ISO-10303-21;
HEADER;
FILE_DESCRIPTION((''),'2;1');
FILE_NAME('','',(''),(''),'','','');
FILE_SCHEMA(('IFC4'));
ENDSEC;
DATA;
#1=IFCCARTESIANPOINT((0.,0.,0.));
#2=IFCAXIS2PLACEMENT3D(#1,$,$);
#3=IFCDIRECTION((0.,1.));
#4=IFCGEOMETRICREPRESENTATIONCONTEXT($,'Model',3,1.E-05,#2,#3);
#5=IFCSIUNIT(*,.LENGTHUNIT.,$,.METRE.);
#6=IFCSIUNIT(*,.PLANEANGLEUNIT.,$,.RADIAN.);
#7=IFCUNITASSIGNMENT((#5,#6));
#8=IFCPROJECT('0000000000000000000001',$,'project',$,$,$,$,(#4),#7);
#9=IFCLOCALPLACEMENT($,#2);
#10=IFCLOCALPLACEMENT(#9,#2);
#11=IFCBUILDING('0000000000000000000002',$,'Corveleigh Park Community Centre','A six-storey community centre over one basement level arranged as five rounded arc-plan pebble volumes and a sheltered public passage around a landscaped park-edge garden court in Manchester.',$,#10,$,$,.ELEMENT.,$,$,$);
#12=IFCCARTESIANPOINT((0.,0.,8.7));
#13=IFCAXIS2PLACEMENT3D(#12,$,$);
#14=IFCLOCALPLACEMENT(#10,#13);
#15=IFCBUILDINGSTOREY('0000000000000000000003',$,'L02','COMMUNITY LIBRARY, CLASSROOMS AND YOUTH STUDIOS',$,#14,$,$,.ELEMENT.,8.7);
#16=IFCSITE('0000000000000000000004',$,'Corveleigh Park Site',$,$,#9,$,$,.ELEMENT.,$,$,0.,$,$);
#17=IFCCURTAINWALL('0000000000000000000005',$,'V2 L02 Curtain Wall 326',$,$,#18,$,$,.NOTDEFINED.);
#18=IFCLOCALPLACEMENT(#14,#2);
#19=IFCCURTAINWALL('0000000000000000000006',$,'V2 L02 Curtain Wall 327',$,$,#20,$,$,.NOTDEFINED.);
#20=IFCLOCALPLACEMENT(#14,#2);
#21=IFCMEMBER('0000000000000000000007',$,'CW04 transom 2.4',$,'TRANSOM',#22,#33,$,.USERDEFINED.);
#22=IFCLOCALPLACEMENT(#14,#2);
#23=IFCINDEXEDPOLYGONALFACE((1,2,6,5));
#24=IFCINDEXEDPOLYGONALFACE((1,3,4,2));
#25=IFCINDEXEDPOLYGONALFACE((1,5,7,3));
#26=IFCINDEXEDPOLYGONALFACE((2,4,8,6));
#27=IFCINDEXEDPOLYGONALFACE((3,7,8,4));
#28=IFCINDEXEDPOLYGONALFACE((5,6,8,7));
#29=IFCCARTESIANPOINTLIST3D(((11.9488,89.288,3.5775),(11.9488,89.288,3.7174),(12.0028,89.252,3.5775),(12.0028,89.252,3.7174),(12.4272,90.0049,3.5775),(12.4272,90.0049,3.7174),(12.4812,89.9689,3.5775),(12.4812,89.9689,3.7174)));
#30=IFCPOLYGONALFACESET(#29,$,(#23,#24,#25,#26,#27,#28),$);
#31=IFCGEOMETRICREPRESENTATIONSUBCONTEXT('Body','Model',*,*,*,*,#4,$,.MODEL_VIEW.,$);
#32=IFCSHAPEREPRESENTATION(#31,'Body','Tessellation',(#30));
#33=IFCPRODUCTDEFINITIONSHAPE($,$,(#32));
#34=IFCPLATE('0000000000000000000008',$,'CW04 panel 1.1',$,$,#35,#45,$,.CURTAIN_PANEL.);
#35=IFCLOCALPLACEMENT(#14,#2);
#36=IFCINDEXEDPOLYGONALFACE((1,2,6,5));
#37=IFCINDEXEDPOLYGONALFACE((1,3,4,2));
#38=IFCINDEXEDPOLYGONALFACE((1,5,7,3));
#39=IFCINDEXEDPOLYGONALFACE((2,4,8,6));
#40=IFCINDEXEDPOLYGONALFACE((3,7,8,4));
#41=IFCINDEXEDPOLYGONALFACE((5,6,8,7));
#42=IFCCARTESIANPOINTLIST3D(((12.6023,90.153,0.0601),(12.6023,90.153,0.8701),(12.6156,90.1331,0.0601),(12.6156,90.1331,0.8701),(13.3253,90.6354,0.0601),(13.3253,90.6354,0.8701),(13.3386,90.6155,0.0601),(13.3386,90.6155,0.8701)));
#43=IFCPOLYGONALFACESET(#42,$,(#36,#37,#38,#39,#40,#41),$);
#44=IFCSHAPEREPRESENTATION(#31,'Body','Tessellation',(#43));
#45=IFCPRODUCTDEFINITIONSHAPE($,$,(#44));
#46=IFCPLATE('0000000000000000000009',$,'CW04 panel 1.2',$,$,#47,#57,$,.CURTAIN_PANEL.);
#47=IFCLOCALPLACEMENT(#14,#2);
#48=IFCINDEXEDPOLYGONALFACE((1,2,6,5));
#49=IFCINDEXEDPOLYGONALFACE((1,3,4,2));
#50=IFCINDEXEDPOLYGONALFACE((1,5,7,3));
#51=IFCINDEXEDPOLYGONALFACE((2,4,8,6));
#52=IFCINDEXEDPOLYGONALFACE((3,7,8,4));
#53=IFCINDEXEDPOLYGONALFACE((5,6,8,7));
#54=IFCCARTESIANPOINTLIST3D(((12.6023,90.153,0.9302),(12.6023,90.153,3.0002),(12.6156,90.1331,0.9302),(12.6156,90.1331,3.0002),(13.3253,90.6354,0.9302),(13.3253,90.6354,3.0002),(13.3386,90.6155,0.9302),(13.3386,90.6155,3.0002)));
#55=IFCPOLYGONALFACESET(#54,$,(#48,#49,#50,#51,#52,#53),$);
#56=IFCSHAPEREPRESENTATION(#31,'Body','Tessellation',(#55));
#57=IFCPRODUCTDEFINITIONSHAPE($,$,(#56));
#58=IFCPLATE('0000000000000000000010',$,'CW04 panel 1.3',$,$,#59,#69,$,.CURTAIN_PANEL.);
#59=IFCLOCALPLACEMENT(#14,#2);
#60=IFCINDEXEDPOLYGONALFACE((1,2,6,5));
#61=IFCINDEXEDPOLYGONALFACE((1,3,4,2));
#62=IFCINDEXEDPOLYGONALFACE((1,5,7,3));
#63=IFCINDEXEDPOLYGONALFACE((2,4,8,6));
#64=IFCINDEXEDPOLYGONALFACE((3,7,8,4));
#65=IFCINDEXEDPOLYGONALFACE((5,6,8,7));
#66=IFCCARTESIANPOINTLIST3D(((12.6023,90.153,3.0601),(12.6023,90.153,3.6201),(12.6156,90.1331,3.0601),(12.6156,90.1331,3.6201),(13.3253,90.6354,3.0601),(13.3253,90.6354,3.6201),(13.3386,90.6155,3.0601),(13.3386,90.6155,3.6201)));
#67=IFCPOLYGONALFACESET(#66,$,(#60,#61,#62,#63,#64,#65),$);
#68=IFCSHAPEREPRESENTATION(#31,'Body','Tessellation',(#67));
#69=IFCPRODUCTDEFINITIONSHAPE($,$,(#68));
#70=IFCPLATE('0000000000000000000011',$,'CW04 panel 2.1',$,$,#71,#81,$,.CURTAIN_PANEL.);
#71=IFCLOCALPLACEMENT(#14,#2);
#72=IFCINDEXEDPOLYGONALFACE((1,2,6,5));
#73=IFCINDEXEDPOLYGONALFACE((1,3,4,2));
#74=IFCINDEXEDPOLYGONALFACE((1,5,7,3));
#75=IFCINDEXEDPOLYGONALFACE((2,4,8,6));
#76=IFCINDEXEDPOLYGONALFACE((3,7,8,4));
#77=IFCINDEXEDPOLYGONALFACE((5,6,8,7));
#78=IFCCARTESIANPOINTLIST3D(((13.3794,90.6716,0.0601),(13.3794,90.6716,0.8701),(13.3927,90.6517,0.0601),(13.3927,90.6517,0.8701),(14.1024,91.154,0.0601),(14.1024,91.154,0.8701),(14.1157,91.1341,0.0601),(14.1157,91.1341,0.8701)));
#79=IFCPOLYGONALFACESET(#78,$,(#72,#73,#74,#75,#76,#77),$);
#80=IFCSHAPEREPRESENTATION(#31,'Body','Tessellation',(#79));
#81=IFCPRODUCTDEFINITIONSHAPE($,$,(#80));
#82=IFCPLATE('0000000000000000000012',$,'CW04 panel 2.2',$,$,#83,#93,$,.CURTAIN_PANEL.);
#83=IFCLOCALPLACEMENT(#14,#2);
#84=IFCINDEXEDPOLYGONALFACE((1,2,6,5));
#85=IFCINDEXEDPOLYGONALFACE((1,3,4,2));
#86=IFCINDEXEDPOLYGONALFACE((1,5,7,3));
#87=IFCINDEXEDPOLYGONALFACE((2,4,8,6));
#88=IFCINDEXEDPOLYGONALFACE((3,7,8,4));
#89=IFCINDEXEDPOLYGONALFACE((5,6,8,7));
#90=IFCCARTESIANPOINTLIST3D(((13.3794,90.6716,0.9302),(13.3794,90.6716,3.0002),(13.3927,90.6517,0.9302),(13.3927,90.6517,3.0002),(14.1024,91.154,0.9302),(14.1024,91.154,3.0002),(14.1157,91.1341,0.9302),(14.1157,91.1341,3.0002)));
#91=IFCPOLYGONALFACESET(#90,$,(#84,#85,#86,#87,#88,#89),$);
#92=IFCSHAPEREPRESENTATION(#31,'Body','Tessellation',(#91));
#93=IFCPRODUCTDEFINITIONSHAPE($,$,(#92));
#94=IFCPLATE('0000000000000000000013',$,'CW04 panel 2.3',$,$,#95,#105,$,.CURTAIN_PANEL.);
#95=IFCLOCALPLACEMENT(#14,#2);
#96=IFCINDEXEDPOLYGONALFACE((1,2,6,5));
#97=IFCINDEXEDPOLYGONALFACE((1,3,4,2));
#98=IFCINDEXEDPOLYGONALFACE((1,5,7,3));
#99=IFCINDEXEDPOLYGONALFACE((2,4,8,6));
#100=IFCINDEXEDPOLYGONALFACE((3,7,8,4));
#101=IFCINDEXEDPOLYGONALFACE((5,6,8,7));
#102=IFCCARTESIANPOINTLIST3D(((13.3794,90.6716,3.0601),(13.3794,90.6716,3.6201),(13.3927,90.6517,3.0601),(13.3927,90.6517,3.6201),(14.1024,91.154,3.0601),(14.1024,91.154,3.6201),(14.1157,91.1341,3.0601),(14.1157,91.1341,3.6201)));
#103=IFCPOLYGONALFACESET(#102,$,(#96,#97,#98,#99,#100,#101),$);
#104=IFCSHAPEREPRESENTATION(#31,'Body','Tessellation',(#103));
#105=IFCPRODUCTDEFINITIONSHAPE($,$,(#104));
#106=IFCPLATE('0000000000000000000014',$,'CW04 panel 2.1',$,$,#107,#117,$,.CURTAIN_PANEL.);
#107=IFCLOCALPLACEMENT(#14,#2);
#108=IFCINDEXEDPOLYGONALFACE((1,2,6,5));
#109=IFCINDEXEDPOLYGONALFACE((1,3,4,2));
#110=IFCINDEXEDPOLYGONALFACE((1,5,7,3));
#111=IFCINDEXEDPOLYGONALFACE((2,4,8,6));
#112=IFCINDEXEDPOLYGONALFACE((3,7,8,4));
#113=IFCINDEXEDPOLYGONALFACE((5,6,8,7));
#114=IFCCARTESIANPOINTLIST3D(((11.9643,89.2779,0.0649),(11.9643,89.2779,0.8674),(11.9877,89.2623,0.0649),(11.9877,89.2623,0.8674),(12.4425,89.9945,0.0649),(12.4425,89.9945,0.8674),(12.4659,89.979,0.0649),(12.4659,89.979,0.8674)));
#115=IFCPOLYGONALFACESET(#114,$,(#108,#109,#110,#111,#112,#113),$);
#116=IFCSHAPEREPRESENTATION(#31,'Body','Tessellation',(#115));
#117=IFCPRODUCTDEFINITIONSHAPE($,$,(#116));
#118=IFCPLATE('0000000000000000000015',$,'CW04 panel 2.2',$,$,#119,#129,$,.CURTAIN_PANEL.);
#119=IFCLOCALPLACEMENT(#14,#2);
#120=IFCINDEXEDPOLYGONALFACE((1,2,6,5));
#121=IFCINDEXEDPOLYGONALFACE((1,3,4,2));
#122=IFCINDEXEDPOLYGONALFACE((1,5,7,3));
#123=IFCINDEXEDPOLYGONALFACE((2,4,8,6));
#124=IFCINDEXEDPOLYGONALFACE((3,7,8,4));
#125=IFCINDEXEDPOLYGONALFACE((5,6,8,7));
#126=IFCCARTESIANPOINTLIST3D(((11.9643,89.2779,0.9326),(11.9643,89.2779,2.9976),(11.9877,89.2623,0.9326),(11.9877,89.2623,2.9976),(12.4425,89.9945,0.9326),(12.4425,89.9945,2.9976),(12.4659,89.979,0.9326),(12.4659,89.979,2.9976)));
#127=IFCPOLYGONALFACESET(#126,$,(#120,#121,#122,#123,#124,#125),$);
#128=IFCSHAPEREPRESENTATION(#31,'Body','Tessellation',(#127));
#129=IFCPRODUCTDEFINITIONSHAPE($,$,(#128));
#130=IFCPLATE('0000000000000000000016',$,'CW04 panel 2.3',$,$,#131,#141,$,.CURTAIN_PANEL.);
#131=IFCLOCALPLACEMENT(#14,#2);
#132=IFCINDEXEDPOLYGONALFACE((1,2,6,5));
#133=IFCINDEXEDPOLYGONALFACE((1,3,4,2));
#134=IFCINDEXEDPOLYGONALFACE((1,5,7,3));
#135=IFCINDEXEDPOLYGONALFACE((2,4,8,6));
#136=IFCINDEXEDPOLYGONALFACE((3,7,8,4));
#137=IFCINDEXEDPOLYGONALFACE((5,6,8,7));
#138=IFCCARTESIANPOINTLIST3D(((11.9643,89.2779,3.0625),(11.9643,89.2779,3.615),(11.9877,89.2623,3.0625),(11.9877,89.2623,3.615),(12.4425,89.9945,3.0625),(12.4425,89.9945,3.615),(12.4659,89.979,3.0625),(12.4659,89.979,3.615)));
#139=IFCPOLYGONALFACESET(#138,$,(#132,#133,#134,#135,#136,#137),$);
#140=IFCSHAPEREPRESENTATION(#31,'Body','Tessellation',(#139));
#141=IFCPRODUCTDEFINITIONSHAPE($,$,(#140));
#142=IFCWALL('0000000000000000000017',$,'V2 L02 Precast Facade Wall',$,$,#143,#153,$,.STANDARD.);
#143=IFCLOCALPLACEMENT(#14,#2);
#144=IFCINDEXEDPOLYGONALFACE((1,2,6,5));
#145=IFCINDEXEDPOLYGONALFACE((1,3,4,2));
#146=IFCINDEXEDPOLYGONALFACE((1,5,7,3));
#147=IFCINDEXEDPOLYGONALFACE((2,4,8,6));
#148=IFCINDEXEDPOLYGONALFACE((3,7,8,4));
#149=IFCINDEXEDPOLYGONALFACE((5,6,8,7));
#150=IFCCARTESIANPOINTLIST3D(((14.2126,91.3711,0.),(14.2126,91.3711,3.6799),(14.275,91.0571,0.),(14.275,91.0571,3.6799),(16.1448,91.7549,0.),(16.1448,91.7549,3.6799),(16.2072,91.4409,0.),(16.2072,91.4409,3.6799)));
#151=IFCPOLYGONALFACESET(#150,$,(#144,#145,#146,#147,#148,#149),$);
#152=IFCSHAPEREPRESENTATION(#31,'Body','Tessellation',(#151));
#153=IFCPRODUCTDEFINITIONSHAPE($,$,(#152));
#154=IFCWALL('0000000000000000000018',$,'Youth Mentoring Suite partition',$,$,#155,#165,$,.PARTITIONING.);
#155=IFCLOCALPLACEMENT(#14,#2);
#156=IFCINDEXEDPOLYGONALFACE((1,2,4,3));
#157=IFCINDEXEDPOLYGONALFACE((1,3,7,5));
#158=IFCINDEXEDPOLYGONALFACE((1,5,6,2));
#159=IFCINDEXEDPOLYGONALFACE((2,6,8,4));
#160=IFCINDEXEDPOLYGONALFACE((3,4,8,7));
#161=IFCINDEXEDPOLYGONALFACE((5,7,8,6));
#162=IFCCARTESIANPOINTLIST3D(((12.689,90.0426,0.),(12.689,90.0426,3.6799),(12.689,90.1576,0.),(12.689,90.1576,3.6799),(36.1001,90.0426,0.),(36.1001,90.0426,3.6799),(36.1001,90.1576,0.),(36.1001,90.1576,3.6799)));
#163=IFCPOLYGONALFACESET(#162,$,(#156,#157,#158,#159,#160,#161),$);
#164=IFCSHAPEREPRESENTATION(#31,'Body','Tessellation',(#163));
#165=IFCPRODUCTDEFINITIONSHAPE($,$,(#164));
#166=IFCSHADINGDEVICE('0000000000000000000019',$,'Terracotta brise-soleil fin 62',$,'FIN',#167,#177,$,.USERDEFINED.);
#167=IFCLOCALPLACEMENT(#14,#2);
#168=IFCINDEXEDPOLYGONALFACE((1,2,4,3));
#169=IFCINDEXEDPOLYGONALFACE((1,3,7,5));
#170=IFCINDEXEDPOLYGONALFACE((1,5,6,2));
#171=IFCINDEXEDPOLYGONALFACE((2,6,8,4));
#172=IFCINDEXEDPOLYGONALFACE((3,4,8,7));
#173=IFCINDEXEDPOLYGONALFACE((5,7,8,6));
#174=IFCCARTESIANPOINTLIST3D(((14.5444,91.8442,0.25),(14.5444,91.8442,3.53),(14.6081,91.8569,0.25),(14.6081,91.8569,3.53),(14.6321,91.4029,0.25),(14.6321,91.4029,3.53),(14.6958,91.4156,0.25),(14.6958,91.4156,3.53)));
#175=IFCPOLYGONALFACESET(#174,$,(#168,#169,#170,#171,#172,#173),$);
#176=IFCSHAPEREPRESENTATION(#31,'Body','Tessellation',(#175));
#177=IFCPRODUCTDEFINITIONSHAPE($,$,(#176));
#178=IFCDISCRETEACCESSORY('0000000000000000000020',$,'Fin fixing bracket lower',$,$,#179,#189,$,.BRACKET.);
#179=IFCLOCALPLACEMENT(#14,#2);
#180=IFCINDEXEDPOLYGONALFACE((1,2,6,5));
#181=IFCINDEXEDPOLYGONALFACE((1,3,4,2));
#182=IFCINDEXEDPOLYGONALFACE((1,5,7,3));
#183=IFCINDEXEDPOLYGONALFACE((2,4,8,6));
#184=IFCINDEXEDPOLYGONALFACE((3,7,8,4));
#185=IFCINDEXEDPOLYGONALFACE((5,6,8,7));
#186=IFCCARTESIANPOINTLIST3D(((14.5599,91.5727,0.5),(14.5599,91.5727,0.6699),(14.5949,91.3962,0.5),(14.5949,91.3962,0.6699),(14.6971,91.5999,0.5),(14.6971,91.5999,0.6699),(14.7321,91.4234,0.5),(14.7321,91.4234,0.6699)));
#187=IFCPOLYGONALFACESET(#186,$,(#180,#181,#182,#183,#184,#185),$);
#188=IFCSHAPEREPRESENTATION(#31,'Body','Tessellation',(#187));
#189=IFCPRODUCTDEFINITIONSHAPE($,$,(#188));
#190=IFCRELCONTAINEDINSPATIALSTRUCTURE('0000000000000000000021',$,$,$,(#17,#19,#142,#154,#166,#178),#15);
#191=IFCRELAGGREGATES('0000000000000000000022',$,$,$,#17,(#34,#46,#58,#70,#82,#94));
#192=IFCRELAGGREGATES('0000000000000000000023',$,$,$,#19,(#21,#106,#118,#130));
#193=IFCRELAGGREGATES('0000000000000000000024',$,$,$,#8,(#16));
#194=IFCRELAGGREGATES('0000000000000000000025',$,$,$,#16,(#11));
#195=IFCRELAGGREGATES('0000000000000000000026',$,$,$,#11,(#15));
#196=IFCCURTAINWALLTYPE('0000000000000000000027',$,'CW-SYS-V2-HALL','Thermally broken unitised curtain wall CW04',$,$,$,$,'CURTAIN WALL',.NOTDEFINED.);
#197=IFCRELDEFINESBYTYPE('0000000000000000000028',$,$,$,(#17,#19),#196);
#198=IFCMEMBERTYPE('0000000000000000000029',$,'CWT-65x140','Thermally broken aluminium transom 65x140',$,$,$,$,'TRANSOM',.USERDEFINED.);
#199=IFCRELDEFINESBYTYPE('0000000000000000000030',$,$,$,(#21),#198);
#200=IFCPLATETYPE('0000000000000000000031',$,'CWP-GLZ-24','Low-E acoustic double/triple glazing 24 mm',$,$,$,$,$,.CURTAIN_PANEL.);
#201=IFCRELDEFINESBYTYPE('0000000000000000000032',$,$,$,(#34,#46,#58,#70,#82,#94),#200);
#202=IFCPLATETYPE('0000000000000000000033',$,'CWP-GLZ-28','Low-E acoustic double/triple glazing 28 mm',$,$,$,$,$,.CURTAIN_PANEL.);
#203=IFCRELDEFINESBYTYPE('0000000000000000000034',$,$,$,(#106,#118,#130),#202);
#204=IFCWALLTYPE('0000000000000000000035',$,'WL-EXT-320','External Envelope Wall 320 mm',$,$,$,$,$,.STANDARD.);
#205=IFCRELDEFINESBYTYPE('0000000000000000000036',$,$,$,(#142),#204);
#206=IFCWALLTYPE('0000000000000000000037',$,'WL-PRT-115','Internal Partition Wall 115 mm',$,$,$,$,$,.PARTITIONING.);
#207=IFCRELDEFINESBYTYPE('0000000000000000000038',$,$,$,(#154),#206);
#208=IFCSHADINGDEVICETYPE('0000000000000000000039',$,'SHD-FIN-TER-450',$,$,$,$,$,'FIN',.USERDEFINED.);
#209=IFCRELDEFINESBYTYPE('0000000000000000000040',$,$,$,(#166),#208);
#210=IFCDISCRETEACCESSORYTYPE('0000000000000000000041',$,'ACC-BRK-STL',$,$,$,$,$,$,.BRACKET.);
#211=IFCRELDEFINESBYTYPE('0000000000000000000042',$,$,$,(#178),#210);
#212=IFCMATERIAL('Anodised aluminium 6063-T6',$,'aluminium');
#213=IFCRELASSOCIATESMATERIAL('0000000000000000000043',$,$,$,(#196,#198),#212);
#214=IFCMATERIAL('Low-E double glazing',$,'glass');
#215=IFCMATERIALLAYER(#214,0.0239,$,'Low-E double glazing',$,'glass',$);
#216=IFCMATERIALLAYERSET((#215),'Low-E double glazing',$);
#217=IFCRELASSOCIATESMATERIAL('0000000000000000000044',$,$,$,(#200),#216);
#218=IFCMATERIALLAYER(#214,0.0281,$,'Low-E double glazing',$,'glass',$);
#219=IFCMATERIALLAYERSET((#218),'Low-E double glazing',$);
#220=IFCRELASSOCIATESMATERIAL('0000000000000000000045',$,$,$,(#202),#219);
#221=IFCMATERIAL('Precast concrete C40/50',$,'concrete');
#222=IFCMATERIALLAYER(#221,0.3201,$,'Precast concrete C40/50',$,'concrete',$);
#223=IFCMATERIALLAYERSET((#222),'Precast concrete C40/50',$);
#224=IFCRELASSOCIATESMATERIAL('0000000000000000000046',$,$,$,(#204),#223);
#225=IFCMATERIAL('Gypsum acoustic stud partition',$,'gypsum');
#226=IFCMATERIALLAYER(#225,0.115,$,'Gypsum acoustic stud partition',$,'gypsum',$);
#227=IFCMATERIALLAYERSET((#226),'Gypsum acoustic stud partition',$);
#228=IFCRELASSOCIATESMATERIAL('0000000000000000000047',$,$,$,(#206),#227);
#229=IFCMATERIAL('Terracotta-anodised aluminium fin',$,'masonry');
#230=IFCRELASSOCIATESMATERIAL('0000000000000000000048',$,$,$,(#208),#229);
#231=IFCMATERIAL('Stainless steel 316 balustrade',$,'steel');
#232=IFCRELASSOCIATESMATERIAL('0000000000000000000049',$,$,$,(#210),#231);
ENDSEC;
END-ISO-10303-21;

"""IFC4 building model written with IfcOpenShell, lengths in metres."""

from ifc_helpers import new_model, si_unit, direction, frame, frame_2d, origin, origin_2d, place, context, subcontext, project, spatial, rectangle, extrude, material, layer, layer_set, material_profile, profile_set, type_object, element, aggregate, save


model = new_model("IFC4")

# Units and contexts
model_context = context("Model", 3, precision=1e-05, world=origin(), true_north=direction((0.0, 1.0)))
body_context = subcontext(model_context, "Body", "Model", "MODEL_VIEW")
ifc_project = project(units=[si_unit("LENGTHUNIT", "METRE"), si_unit("PLANEANGLEUNIT", "RADIAN")], contexts=[model_context])

# Site, building, storey
site_placement = place(None, origin())
site = spatial("IfcSite", under=ifc_project, at=site_placement, Name="Corveleigh Park Site", CompositionType="ELEMENT", RefElevation=0.0)
building_placement = place(site_placement, origin())
building = spatial("IfcBuilding", under=site, at=building_placement, Name="Corveleigh Park Community Centre", Description="A six-storey community centre over one basement level arranged as five rounded arc-plan pebble volumes and a sheltered public passage around a landscaped park-edge garden court in Manchester.", CompositionType="ELEMENT")
storey_placement = place(building_placement, frame((0.0, 0.0, 8.7)))
storey = spatial("IfcBuildingStorey", under=building, at=storey_placement, Name="L02", Description="COMMUNITY LIBRARY, CLASSROOMS AND YOUTH STUDIOS", CompositionType="ELEMENT", Elevation=8.7)

# Curtain wall
ifc_material_1 = material(Name="Anodised aluminium 6063-T6", Category="aluminium")
curtain_wall_type = type_object("IfcCurtainWallType", Name="CW-SYS-V2-HALL", Description="Thermally broken unitised curtain wall CW04", ElementType="CURTAIN WALL", PredefinedType="NOTDEFINED", material=ifc_material_1)
curtain_wall_1_placement = place(storey_placement, origin())
curtain_wall_1 = element("IfcCurtainWall", 1, at=curtain_wall_1_placement, inside=storey, type_object=curtain_wall_type, Name="V2 L02 Curtain Wall 326", PredefinedType="NOTDEFINED")

# Curtain wall
curtain_wall_2_placement = place(storey_placement, origin())
curtain_wall_2 = element("IfcCurtainWall", 2, at=curtain_wall_2_placement, inside=storey, type_object=curtain_wall_type, Name="V2 L02 Curtain Wall 327", PredefinedType="NOTDEFINED")

# Member
ifc_material_profile_1 = material_profile(ifc_material_1, rectangle(XDim=0.0649, YDim=0.1399, at=origin_2d()), Name="ALU-T65x140", Category="aluminium")
ifc_profile_set_1 = profile_set([ifc_material_profile_1], Name="Anodised aluminium 6063-T6")
member_type_1 = type_object("IfcMemberType", Name="CWT-65x140", Description="Thermally broken aluminium transom 65x140", ElementType="TRANSOM", PredefinedType="USERDEFINED", material=ifc_profile_set_1)
member_1_placement = place(storey_placement, frame((11.9758, 89.27, 3.6475), z_axis=(0.555027, 0.831832, 0.0), x_axis=(-0.831832, 0.555027, 0.0)))
member_1 = element("IfcMember", 3, at=member_1_placement, type_object=member_type_1, Name="CW04 transom 2.4", ObjectType="TRANSOM", PredefinedType="USERDEFINED", context=body_context, shape_type="SweptSolid", body=[
    extrude(rectangle(XDim=0.0649, YDim=0.1399, at=origin_2d()), origin(), (0.0, 0.0, 1.0), 0.8618),
])

# Plates
ifc_material_2 = material(Name="Low-E double glazing", Category="glass")
ifc_layer_1 = layer(ifc_material_2, 0.0239, Name="Low-E double glazing", Category="glass")
ifc_layer_set_1 = layer_set([ifc_layer_1], Name="Low-E double glazing")
plate_type_1 = type_object("IfcPlateType", Name="CWP-GLZ-24", Description="Low-E acoustic double/triple glazing 24 mm", PredefinedType="CURTAIN_PANEL", material=ifc_layer_set_1)
plate_1_placement = place(storey_placement, frame((12.9705, 90.3843, 0.0601), z_axis=(0.0, 0.0, 1.0), x_axis=(0.831811, 0.555058, 0.0)))
plate_1 = element("IfcPlate", 4, at=plate_1_placement, type_object=plate_type_1, Name="CW04 panel 1.1", PredefinedType="CURTAIN_PANEL", context=body_context, shape_type="SweptSolid", body=[
    extrude(rectangle(XDim=0.8691, YDim=0.0239, at=origin_2d()), origin(), (0.0, 0.0, 1.0), 0.8101),
])
plate_2_placement = place(storey_placement, frame((12.9705, 90.3843, 0.9302), z_axis=(0.0, 0.0, 1.0), x_axis=(0.831811, 0.555058, 0.0)))
plate_2 = element("IfcPlate", 5, at=plate_2_placement, type_object=plate_type_1, Name="CW04 panel 1.2", PredefinedType="CURTAIN_PANEL", context=body_context, shape_type="SweptSolid", body=[
    extrude(rectangle(XDim=0.8691, YDim=0.0239, at=origin_2d()), origin(), (0.0, 0.0, 1.0), 2.0701),
])
plate_3_placement = place(storey_placement, frame((12.9705, 90.3843, 3.0601), z_axis=(0.0, 0.0, 1.0), x_axis=(0.831811, 0.555058, 0.0)))
plate_3 = element("IfcPlate", 6, at=plate_3_placement, type_object=plate_type_1, Name="CW04 panel 1.3", PredefinedType="CURTAIN_PANEL", context=body_context, shape_type="SweptSolid", body=[
    extrude(rectangle(XDim=0.8691, YDim=0.0239, at=origin_2d()), origin(), (0.0, 0.0, 1.0), 0.5601),
])
plate_4_placement = place(storey_placement, frame((13.7476, 90.9028, 0.0601), z_axis=(0.0, 0.0, 1.0), x_axis=(0.831811, 0.555058, 0.0)))
plate_4 = element("IfcPlate", 7, at=plate_4_placement, type_object=plate_type_1, Name="CW04 panel 2.1", PredefinedType="CURTAIN_PANEL", context=body_context, shape_type="SweptSolid", body=[
    extrude(rectangle(XDim=0.8691, YDim=0.0239, at=origin_2d()), origin(), (0.0, 0.0, 1.0), 0.8101),
])
plate_5_placement = place(storey_placement, frame((13.7476, 90.9028, 0.9302), z_axis=(0.0, 0.0, 1.0), x_axis=(0.831811, 0.555058, 0.0)))
plate_5 = element("IfcPlate", 8, at=plate_5_placement, type_object=plate_type_1, Name="CW04 panel 2.2", PredefinedType="CURTAIN_PANEL", context=body_context, shape_type="SweptSolid", body=[
    extrude(rectangle(XDim=0.8691, YDim=0.0239, at=origin_2d()), origin(), (0.0, 0.0, 1.0), 2.0701),
])
plate_6_placement = place(storey_placement, frame((13.7476, 90.9028, 3.0601), z_axis=(0.0, 0.0, 1.0), x_axis=(0.831811, 0.555058, 0.0)))
plate_6 = element("IfcPlate", 9, at=plate_6_placement, type_object=plate_type_1, Name="CW04 panel 2.3", PredefinedType="CURTAIN_PANEL", context=body_context, shape_type="SweptSolid", body=[
    extrude(rectangle(XDim=0.8691, YDim=0.0239, at=origin_2d()), origin(), (0.0, 0.0, 1.0), 0.5601),
])
aggregate(curtain_wall_1, [plate_1, plate_2, plate_3, plate_4, plate_5, plate_6])
ifc_layer_2 = layer(ifc_material_2, 0.0281, Name="Low-E double glazing", Category="glass")
ifc_layer_set_2 = layer_set([ifc_layer_2], Name="Low-E double glazing")
plate_type_2 = type_object("IfcPlateType", Name="CWP-GLZ-28", Description="Low-E acoustic double/triple glazing 28 mm", PredefinedType="CURTAIN_PANEL", material=ifc_layer_set_2)
plate_7_placement = place(storey_placement, frame((12.2151, 89.6284, 0.0649), z_axis=(0.0, 0.0, 1.0), x_axis=(0.555058, 0.831811, 0.0)))
plate_7 = element("IfcPlate", 10, at=plate_7_placement, type_object=plate_type_2, Name="CW04 panel 2.1", PredefinedType="CURTAIN_PANEL", context=body_context, shape_type="SweptSolid", body=[
    extrude(rectangle(XDim=0.8616, YDim=0.0281, at=origin_2d()), origin(), (0.0, 0.0, 1.0), 0.8025),
])
plate_8_placement = place(storey_placement, frame((12.2151, 89.6284, 0.9326), z_axis=(0.0, 0.0, 1.0), x_axis=(0.555058, 0.831811, 0.0)))
plate_8 = element("IfcPlate", 11, at=plate_8_placement, type_object=plate_type_2, Name="CW04 panel 2.2", PredefinedType="CURTAIN_PANEL", context=body_context, shape_type="SweptSolid", body=[
    extrude(rectangle(XDim=0.8616, YDim=0.0281, at=origin_2d()), origin(), (0.0, 0.0, 1.0), 2.0649),
])
plate_9_placement = place(storey_placement, frame((12.2151, 89.6284, 3.0625), z_axis=(0.0, 0.0, 1.0), x_axis=(0.555058, 0.831811, 0.0)))
plate_9 = element("IfcPlate", 12, at=plate_9_placement, type_object=plate_type_2, Name="CW04 panel 2.3", PredefinedType="CURTAIN_PANEL", context=body_context, shape_type="SweptSolid", body=[
    extrude(rectangle(XDim=0.8616, YDim=0.0281, at=origin_2d()), origin(), (0.0, 0.0, 1.0), 0.5525),
])
aggregate(curtain_wall_2, [member_1, plate_7, plate_8, plate_9])

# Walls
ifc_material_3 = material(Name="Precast concrete C40/50", Category="concrete")
ifc_layer_3 = layer(ifc_material_3, 0.3201, Name="Precast concrete C40/50", Category="concrete")
ifc_layer_set_3 = layer_set([ifc_layer_3], Name="Precast concrete C40/50")
wall_type_1 = type_object("IfcWallType", Name="WL-EXT-320", Description="External Envelope Wall 320 mm", PredefinedType="STANDARD", material=ifc_layer_set_3)
wall_1_placement = place(storey_placement, frame((14.2439, 91.2141, 0.0), z_axis=(0.0, 0.0, 1.0), x_axis=(0.980837, 0.194829, 0.0)))
element("IfcWall", 13, at=wall_1_placement, inside=storey, type_object=wall_type_1, Name="V2 L02 Precast Facade Wall", PredefinedType="STANDARD", context=body_context, shape_type="SweptSolid", body=[
    extrude(rectangle(XDim=1.97, YDim=0.3201, at=frame_2d((0.9849, 0.0))), origin(), (0.0, 0.0, 1.0), 3.6799),
])
ifc_material_4 = material(Name="Gypsum acoustic stud partition", Category="gypsum")
ifc_layer_4 = layer(ifc_material_4, 0.115, Name="Gypsum acoustic stud partition", Category="gypsum")
ifc_layer_set_4 = layer_set([ifc_layer_4], Name="Gypsum acoustic stud partition")
wall_type_2 = type_object("IfcWallType", Name="WL-PRT-115", Description="Internal Partition Wall 115 mm", PredefinedType="PARTITIONING", material=ifc_layer_set_4)
wall_2_placement = place(storey_placement, frame((12.689, 90.1001, 0.0), z_axis=(0.0, 0.0, 1.0), x_axis=(1.0, 0.0, 0.0)))
element("IfcWall", 14, at=wall_2_placement, inside=storey, type_object=wall_type_2, Name="Youth Mentoring Suite partition", PredefinedType="PARTITIONING", context=body_context, shape_type="SweptSolid", body=[
    extrude(rectangle(XDim=23.4111, YDim=0.115, at=frame_2d((11.7056, 0.0))), origin(), (0.0, 0.0, 1.0), 3.6799),
])

# Shading device
ifc_material_5 = material(Name="Terracotta-anodised aluminium fin", Category="masonry")
shading_device_type = type_object("IfcShadingDeviceType", Name="SHD-FIN-TER-450", ElementType="FIN", PredefinedType="USERDEFINED", material=ifc_material_5)
shading_device_placement = place(storey_placement, frame((14.6201, 91.6299, 0.25), z_axis=(0.0, 0.0, 1.0), x_axis=(-0.194944, 0.980814, 0.0)))
element("IfcShadingDevice", 15, at=shading_device_placement, inside=storey, type_object=shading_device_type, Name="Terracotta brise-soleil fin 62", ObjectType="FIN", PredefinedType="USERDEFINED", context=body_context, shape_type="SweptSolid", body=[
    extrude(rectangle(XDim=0.45, YDim=0.0649, at=origin_2d()), origin(), (0.0, 0.0, 1.0), 3.28),
])

# Discrete accessory
ifc_material_6 = material(Name="Stainless steel 316 balustrade", Category="steel")
discrete_accessory_type = type_object("IfcDiscreteAccessoryType", Name="ACC-BRK-STL", PredefinedType="BRACKET", material=ifc_material_6)
discrete_accessory_placement = place(storey_placement, frame((14.646, 91.498, 0.5), z_axis=(0.0, 0.0, 1.0), x_axis=(-0.194944, 0.980814, 0.0)))
element("IfcDiscreteAccessory", 16, at=discrete_accessory_placement, inside=storey, type_object=discrete_accessory_type, Name="Fin fixing bracket lower", PredefinedType="BRACKET", context=body_context, shape_type="SweptSolid", body=[
    extrude(rectangle(XDim=0.1799, YDim=0.1399, at=origin_2d()), origin(), (0.0, 0.0, 1.0), 0.1699),
])

save(model, "model.ifc")
